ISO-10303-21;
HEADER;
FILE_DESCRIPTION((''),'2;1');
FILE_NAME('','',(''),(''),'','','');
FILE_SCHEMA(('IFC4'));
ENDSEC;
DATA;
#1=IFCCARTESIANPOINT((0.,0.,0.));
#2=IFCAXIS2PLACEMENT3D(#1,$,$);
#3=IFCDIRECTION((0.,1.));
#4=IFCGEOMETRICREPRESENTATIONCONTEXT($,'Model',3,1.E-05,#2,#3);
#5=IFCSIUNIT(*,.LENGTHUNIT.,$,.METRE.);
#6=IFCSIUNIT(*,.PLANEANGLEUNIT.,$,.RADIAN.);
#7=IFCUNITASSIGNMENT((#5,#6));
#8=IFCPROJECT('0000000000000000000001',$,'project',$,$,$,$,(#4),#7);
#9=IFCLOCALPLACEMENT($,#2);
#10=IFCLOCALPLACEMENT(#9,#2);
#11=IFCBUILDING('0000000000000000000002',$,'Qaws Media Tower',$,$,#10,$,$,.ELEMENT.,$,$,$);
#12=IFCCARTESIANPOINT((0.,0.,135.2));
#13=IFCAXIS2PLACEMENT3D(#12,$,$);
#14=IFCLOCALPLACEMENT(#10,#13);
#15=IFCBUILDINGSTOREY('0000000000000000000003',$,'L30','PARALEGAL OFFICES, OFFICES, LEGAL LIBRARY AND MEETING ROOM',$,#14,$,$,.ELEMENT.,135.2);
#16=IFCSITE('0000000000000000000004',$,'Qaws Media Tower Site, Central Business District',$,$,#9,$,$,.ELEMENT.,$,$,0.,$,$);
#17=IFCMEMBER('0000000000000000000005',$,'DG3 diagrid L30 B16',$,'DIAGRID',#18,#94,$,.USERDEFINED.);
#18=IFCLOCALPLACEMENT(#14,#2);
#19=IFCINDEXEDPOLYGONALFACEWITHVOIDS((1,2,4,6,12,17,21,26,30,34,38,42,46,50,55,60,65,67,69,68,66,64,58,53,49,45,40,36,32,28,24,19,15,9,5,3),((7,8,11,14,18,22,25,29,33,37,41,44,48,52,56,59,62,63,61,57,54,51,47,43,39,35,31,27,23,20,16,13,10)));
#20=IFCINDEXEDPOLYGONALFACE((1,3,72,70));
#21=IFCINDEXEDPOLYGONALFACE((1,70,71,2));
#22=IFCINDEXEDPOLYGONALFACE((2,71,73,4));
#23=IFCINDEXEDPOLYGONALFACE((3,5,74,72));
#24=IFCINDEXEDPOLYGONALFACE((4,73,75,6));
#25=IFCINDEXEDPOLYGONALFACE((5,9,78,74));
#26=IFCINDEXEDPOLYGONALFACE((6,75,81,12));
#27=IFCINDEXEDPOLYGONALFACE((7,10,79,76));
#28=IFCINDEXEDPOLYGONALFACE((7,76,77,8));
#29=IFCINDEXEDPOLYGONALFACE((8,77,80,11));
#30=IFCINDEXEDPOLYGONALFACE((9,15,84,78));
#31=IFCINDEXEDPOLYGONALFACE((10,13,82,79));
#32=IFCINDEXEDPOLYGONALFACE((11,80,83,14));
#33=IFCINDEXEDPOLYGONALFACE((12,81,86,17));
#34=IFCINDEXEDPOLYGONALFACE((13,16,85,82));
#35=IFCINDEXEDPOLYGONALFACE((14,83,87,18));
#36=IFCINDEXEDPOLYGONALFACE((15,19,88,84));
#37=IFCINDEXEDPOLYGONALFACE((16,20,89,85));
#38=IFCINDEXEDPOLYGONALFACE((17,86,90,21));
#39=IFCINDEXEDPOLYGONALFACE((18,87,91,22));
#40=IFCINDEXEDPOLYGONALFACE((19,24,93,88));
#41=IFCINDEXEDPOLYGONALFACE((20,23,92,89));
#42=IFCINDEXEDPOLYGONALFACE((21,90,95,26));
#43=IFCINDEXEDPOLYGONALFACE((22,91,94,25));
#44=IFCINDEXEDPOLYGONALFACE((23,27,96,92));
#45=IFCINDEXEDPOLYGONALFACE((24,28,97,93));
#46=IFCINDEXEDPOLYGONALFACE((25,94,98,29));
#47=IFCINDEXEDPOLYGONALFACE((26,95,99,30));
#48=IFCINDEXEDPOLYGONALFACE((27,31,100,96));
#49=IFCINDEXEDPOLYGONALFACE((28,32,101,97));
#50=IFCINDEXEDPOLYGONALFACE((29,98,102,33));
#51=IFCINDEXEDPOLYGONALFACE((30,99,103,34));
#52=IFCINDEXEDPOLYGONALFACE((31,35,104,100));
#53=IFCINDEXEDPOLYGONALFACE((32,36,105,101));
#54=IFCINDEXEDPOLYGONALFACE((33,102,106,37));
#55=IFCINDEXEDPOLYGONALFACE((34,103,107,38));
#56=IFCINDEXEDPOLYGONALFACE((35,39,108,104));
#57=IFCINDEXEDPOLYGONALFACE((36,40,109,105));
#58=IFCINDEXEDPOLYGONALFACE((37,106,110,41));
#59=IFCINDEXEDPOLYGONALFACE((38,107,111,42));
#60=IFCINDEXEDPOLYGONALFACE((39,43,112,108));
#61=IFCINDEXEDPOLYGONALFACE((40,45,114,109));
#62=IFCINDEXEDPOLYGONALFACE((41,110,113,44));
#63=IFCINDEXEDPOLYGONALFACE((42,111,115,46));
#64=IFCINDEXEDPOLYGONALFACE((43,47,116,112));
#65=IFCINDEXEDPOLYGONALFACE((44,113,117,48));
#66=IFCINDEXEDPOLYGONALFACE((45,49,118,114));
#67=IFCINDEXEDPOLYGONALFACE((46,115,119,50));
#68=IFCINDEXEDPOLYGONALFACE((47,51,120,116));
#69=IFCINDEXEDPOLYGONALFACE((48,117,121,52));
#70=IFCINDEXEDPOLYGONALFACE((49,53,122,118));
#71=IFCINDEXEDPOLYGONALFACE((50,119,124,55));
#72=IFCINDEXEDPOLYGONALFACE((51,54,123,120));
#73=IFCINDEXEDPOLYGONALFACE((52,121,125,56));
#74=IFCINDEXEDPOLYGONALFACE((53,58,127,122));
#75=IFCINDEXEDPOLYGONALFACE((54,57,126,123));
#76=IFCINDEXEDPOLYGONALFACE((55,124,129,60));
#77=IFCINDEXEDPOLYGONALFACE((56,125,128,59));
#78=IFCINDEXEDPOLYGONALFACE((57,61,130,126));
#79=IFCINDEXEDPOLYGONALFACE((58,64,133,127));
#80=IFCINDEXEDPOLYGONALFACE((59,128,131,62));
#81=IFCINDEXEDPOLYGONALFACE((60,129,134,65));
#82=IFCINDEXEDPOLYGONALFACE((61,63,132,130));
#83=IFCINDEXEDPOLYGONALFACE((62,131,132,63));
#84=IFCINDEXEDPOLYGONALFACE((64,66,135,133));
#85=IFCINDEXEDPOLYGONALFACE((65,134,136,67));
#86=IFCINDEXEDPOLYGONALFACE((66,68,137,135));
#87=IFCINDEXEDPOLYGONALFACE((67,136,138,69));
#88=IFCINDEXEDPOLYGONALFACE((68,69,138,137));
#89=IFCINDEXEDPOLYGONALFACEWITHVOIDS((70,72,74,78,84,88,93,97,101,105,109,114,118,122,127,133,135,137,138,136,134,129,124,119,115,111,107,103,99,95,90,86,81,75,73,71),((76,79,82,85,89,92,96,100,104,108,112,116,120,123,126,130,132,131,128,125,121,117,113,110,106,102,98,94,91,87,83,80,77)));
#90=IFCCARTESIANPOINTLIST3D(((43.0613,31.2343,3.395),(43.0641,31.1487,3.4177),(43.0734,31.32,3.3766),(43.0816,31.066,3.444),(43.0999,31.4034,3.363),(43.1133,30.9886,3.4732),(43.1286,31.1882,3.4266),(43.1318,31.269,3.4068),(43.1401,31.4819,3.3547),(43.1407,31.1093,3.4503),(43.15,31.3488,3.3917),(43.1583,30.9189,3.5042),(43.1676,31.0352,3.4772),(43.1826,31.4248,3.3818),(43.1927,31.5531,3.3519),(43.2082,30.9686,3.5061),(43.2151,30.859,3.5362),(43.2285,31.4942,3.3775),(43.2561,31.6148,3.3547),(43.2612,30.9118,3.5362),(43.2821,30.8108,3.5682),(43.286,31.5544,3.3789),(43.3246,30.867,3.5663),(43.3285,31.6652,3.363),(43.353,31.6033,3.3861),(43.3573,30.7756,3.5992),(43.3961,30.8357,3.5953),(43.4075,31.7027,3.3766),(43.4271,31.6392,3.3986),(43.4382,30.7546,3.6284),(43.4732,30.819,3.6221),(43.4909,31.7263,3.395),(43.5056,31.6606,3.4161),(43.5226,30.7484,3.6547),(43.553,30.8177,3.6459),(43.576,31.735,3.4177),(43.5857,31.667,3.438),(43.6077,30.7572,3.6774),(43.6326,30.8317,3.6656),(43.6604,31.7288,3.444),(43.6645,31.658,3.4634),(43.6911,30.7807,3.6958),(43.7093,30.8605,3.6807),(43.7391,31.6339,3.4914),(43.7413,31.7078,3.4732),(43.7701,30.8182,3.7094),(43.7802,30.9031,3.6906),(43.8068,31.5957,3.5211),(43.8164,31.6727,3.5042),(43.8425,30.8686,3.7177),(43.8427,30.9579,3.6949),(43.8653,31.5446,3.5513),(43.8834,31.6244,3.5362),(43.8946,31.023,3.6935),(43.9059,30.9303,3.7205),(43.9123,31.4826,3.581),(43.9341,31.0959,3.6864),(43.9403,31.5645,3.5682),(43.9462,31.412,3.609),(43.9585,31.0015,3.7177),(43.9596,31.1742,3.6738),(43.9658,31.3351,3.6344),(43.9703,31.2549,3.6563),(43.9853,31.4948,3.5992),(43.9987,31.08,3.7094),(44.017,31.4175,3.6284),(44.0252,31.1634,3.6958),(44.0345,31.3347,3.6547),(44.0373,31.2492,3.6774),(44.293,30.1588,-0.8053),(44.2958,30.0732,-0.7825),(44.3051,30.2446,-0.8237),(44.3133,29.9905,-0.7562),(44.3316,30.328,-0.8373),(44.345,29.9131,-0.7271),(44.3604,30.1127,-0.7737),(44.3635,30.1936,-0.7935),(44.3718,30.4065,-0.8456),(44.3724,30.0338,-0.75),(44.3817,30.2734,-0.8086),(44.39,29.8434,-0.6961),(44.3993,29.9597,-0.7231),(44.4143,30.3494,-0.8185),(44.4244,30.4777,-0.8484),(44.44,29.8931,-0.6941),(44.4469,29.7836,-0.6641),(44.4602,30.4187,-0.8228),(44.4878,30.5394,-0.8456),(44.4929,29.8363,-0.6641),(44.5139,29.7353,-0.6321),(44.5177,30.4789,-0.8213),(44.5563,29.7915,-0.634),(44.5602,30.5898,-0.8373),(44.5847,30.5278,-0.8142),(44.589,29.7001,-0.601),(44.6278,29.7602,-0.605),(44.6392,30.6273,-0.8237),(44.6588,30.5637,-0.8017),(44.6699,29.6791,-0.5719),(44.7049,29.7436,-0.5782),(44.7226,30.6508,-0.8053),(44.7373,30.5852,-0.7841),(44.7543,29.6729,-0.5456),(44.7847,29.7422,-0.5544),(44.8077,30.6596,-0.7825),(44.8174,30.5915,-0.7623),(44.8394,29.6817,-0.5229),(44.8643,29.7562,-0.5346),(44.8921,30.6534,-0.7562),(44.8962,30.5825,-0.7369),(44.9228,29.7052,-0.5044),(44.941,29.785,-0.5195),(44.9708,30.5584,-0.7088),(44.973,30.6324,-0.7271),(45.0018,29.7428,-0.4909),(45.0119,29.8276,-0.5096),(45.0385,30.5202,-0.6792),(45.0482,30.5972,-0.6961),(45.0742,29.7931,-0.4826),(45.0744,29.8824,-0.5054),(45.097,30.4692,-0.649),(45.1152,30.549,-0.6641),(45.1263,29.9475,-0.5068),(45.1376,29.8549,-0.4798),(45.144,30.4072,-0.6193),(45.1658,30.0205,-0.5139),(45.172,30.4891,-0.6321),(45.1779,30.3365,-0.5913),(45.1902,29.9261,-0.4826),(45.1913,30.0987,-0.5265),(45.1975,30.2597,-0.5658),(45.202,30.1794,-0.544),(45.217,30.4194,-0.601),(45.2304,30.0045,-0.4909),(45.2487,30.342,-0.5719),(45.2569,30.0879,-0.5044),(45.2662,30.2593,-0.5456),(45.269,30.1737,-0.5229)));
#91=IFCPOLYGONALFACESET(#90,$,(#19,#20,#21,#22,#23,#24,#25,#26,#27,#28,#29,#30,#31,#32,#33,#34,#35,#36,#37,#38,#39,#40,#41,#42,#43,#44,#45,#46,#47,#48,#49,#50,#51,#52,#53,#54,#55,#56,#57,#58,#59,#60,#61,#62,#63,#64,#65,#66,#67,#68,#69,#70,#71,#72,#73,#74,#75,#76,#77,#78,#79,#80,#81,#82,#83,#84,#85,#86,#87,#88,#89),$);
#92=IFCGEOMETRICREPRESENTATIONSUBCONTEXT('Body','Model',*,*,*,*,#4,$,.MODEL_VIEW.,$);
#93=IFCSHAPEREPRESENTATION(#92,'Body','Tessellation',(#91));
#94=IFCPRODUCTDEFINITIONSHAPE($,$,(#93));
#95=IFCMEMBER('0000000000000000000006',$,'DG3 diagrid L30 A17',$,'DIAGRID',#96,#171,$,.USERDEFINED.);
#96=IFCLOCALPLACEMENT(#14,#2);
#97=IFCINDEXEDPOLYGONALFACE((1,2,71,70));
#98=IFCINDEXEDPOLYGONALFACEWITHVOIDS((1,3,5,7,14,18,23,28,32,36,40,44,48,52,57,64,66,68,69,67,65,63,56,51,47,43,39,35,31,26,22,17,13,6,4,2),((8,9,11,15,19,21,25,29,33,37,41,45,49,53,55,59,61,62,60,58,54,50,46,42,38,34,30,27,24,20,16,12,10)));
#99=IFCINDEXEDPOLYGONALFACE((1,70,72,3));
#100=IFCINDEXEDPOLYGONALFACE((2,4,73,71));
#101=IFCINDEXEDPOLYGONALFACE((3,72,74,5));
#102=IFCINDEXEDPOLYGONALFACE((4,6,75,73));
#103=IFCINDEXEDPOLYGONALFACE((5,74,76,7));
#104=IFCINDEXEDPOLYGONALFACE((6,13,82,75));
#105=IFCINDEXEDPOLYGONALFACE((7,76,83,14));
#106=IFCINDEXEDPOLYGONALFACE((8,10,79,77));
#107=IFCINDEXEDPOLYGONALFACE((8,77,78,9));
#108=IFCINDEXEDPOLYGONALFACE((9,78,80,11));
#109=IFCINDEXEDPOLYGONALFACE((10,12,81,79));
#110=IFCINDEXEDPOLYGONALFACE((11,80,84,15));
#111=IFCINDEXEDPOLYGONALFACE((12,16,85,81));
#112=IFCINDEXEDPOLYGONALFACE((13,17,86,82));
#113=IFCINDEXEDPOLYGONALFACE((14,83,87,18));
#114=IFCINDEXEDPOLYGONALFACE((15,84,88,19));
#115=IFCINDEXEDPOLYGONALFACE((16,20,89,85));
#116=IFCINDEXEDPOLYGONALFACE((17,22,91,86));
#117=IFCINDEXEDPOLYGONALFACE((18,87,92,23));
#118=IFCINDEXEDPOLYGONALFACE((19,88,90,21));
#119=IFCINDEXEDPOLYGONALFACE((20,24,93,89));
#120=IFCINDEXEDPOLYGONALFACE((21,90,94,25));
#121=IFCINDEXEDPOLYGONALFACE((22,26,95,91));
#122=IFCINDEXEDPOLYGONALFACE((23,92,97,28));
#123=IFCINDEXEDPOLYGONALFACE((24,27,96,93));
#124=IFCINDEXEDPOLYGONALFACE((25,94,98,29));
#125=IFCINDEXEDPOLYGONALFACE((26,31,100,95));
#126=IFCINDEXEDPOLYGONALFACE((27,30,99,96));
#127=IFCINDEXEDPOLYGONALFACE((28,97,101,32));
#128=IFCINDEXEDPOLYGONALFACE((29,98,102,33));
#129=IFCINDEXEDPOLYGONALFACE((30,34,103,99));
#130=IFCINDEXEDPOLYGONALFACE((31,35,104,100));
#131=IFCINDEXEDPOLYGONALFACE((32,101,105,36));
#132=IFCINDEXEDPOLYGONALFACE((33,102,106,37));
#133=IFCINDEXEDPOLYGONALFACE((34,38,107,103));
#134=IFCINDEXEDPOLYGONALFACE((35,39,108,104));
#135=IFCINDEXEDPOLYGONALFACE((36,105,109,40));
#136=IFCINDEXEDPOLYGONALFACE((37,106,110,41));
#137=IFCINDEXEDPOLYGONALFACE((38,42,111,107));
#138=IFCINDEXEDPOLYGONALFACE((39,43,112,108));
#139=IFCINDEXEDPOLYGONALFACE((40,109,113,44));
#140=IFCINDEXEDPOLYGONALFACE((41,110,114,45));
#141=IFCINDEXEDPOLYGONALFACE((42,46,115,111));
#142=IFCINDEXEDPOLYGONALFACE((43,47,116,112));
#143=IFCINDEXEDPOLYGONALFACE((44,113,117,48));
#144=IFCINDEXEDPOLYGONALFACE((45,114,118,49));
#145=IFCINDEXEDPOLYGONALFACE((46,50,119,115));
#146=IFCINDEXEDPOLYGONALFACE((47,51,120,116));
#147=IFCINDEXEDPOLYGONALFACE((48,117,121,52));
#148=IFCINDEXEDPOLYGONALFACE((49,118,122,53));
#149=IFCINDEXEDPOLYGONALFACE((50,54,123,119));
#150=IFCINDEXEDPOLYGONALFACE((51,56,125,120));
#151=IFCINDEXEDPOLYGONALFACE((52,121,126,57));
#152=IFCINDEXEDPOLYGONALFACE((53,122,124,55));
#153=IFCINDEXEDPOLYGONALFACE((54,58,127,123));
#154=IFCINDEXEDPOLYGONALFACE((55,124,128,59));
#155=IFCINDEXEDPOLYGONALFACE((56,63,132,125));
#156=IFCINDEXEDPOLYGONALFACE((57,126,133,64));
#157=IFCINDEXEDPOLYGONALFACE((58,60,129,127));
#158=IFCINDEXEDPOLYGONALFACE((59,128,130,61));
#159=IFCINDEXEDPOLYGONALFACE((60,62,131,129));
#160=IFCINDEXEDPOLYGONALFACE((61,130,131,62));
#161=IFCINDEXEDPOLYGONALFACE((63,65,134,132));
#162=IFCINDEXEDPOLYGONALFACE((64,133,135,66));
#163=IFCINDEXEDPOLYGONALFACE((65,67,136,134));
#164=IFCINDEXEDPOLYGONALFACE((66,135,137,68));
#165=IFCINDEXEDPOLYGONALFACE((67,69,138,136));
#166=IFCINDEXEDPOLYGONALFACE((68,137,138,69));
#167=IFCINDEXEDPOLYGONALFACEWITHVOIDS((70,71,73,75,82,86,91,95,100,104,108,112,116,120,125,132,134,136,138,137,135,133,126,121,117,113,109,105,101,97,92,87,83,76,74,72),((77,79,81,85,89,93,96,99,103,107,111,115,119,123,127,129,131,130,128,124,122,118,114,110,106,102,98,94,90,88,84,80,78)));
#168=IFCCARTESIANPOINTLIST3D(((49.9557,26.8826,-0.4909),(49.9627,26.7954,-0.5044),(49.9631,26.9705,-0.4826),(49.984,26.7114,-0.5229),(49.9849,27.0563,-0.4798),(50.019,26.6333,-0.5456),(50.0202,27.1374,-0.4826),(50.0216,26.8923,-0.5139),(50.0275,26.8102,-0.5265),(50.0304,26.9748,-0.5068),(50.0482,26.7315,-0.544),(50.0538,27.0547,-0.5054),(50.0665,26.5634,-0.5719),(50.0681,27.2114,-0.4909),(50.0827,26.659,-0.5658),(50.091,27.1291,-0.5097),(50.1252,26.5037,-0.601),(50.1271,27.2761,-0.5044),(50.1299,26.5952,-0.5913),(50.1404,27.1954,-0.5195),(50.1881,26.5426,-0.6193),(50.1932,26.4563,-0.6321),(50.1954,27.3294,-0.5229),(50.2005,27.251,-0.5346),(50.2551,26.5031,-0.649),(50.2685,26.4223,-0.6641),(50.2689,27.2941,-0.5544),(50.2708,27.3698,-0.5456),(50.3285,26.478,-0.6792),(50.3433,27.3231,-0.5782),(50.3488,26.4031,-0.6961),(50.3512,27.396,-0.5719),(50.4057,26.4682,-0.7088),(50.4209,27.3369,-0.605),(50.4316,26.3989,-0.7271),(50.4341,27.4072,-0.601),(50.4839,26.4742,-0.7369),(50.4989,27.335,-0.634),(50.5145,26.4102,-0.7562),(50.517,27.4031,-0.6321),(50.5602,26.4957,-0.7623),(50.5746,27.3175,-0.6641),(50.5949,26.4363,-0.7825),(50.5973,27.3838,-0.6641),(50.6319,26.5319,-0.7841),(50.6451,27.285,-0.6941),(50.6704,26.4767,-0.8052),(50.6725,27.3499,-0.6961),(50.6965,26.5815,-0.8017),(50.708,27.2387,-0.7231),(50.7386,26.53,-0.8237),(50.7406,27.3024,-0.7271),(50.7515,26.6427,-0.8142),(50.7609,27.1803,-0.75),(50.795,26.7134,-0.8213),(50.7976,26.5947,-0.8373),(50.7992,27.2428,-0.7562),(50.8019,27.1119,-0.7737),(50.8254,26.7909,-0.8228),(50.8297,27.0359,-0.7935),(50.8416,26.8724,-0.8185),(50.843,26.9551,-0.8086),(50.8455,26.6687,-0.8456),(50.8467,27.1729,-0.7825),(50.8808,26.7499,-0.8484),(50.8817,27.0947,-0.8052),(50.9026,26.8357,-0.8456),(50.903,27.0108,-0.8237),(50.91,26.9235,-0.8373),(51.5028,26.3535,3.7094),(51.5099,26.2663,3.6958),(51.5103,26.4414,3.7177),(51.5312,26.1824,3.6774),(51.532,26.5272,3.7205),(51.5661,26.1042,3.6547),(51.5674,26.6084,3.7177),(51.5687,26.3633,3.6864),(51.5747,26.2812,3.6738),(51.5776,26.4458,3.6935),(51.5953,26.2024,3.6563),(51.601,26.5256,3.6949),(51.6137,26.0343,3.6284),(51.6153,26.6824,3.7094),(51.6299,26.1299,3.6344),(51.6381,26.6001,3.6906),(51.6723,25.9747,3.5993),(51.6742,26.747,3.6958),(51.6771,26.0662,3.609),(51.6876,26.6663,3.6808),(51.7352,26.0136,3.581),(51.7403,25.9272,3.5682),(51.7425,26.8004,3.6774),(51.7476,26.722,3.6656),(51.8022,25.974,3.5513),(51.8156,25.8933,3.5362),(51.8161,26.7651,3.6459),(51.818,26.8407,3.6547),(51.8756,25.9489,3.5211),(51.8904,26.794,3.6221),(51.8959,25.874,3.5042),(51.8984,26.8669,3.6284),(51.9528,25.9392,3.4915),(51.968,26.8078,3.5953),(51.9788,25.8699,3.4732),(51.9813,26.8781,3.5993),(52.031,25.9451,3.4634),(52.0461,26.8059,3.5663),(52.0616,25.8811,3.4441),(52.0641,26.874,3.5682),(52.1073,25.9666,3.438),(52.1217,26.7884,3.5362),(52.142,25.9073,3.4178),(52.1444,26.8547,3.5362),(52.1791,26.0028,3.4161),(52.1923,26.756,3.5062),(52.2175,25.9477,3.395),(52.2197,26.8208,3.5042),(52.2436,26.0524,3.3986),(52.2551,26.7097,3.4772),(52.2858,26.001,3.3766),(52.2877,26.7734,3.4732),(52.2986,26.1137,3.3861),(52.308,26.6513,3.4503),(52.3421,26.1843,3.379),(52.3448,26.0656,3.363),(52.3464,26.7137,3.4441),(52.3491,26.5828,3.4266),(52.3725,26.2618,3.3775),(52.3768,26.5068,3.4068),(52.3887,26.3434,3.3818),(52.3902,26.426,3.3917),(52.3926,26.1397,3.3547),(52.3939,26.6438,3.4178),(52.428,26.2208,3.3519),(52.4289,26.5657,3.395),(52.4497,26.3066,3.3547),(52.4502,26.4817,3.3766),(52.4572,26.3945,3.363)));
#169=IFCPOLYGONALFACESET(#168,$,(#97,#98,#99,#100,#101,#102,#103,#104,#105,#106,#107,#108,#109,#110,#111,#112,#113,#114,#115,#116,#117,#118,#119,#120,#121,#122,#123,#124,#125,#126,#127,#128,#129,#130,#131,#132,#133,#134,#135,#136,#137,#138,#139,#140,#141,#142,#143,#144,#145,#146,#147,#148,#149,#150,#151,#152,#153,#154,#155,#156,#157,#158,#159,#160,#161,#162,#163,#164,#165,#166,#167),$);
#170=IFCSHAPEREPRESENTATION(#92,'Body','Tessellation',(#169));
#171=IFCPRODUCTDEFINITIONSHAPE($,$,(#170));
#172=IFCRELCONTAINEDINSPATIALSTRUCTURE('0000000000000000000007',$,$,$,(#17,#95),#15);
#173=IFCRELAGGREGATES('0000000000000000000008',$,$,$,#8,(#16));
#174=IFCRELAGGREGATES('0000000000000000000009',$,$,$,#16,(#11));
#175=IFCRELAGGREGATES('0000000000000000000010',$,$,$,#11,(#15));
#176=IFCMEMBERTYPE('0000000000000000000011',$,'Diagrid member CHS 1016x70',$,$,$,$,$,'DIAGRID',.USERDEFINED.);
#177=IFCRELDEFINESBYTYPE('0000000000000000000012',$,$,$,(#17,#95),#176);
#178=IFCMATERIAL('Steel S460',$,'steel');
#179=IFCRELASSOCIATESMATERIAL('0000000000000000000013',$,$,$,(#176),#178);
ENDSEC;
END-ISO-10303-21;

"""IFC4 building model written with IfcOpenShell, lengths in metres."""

from ifc_helpers import new_model, si_unit, direction, frame, origin, origin_2d, place, context, subcontext, project, spatial, hollow_circle, extrude, material, material_profile, profile_set, type_object, element, save


model = new_model("IFC4")

# Units and contexts
model_context = context("Model", 3, precision=1e-05, world=origin(), true_north=direction((0.0, 1.0)))
body_context = subcontext(model_context, "Body", "Model", "MODEL_VIEW")
ifc_project = project(units=[si_unit("LENGTHUNIT", "METRE"), si_unit("PLANEANGLEUNIT", "RADIAN")], contexts=[model_context])

# Site, building, storey
site_placement = place(None, origin())
site = spatial("IfcSite", under=ifc_project, at=site_placement, Name="Qaws Media Tower Site, Central Business District", CompositionType="ELEMENT", RefElevation=0.0)
building_placement = place(site_placement, origin())
building = spatial("IfcBuilding", under=site, at=building_placement, Name="Qaws Media Tower", CompositionType="ELEMENT")
storey_placement = place(building_placement, frame((0.0, 0.0, 135.2)))
storey = spatial("IfcBuildingStorey", under=building, at=storey_placement, Name="L30", Description="PARALEGAL OFFICES, OFFICES, LEGAL LIBRARY AND MEETING ROOM", CompositionType="ELEMENT", Elevation=135.2)

# Members
ifc_material_1 = material(Name="Steel S460", Category="steel")
ifc_material_profile_1 = material_profile(ifc_material_1, hollow_circle(Radius=0.5081, WallThickness=0.0701, at=origin_2d()), Name="CHS 1016x70")
ifc_profile_set_1 = profile_set([ifc_material_profile_1], Name="Steel S460")
member_type_1 = type_object("IfcMemberType", Name="Diagrid member CHS 1016x70", ElementType="DIAGRID", PredefinedType="USERDEFINED", material=ifc_profile_set_1)
for number, where, z_axis, x_axis, name in (
    (1, (44.781, 30.1663, -0.6641), (-0.273269, 0.238602, 0.931876), (-0.657711, -0.75327, 0.0), "DG3 diagrid L30 B16"),
    (2, (50.4329, 26.9031, -0.6641), (0.343253, -0.117379, 0.93188), (0.323565, 0.946206, 0.0), "DG3 diagrid L30 A17"),
):
    element("IfcMember", number, at=place(storey_placement, frame(where, z_axis=z_axis, x_axis=x_axis)), inside=storey, type_object=member_type_1, Name=name, ObjectType="DIAGRID", PredefinedType="USERDEFINED", context=body_context, shape_type="SweptSolid", body=[
        extrude(hollow_circle(Radius=0.5081, WallThickness=0.0701, at=origin_2d()), origin(), (0.0, 0.0, 1.0), 4.5073),
    ])

save(model, "model.ifc")
